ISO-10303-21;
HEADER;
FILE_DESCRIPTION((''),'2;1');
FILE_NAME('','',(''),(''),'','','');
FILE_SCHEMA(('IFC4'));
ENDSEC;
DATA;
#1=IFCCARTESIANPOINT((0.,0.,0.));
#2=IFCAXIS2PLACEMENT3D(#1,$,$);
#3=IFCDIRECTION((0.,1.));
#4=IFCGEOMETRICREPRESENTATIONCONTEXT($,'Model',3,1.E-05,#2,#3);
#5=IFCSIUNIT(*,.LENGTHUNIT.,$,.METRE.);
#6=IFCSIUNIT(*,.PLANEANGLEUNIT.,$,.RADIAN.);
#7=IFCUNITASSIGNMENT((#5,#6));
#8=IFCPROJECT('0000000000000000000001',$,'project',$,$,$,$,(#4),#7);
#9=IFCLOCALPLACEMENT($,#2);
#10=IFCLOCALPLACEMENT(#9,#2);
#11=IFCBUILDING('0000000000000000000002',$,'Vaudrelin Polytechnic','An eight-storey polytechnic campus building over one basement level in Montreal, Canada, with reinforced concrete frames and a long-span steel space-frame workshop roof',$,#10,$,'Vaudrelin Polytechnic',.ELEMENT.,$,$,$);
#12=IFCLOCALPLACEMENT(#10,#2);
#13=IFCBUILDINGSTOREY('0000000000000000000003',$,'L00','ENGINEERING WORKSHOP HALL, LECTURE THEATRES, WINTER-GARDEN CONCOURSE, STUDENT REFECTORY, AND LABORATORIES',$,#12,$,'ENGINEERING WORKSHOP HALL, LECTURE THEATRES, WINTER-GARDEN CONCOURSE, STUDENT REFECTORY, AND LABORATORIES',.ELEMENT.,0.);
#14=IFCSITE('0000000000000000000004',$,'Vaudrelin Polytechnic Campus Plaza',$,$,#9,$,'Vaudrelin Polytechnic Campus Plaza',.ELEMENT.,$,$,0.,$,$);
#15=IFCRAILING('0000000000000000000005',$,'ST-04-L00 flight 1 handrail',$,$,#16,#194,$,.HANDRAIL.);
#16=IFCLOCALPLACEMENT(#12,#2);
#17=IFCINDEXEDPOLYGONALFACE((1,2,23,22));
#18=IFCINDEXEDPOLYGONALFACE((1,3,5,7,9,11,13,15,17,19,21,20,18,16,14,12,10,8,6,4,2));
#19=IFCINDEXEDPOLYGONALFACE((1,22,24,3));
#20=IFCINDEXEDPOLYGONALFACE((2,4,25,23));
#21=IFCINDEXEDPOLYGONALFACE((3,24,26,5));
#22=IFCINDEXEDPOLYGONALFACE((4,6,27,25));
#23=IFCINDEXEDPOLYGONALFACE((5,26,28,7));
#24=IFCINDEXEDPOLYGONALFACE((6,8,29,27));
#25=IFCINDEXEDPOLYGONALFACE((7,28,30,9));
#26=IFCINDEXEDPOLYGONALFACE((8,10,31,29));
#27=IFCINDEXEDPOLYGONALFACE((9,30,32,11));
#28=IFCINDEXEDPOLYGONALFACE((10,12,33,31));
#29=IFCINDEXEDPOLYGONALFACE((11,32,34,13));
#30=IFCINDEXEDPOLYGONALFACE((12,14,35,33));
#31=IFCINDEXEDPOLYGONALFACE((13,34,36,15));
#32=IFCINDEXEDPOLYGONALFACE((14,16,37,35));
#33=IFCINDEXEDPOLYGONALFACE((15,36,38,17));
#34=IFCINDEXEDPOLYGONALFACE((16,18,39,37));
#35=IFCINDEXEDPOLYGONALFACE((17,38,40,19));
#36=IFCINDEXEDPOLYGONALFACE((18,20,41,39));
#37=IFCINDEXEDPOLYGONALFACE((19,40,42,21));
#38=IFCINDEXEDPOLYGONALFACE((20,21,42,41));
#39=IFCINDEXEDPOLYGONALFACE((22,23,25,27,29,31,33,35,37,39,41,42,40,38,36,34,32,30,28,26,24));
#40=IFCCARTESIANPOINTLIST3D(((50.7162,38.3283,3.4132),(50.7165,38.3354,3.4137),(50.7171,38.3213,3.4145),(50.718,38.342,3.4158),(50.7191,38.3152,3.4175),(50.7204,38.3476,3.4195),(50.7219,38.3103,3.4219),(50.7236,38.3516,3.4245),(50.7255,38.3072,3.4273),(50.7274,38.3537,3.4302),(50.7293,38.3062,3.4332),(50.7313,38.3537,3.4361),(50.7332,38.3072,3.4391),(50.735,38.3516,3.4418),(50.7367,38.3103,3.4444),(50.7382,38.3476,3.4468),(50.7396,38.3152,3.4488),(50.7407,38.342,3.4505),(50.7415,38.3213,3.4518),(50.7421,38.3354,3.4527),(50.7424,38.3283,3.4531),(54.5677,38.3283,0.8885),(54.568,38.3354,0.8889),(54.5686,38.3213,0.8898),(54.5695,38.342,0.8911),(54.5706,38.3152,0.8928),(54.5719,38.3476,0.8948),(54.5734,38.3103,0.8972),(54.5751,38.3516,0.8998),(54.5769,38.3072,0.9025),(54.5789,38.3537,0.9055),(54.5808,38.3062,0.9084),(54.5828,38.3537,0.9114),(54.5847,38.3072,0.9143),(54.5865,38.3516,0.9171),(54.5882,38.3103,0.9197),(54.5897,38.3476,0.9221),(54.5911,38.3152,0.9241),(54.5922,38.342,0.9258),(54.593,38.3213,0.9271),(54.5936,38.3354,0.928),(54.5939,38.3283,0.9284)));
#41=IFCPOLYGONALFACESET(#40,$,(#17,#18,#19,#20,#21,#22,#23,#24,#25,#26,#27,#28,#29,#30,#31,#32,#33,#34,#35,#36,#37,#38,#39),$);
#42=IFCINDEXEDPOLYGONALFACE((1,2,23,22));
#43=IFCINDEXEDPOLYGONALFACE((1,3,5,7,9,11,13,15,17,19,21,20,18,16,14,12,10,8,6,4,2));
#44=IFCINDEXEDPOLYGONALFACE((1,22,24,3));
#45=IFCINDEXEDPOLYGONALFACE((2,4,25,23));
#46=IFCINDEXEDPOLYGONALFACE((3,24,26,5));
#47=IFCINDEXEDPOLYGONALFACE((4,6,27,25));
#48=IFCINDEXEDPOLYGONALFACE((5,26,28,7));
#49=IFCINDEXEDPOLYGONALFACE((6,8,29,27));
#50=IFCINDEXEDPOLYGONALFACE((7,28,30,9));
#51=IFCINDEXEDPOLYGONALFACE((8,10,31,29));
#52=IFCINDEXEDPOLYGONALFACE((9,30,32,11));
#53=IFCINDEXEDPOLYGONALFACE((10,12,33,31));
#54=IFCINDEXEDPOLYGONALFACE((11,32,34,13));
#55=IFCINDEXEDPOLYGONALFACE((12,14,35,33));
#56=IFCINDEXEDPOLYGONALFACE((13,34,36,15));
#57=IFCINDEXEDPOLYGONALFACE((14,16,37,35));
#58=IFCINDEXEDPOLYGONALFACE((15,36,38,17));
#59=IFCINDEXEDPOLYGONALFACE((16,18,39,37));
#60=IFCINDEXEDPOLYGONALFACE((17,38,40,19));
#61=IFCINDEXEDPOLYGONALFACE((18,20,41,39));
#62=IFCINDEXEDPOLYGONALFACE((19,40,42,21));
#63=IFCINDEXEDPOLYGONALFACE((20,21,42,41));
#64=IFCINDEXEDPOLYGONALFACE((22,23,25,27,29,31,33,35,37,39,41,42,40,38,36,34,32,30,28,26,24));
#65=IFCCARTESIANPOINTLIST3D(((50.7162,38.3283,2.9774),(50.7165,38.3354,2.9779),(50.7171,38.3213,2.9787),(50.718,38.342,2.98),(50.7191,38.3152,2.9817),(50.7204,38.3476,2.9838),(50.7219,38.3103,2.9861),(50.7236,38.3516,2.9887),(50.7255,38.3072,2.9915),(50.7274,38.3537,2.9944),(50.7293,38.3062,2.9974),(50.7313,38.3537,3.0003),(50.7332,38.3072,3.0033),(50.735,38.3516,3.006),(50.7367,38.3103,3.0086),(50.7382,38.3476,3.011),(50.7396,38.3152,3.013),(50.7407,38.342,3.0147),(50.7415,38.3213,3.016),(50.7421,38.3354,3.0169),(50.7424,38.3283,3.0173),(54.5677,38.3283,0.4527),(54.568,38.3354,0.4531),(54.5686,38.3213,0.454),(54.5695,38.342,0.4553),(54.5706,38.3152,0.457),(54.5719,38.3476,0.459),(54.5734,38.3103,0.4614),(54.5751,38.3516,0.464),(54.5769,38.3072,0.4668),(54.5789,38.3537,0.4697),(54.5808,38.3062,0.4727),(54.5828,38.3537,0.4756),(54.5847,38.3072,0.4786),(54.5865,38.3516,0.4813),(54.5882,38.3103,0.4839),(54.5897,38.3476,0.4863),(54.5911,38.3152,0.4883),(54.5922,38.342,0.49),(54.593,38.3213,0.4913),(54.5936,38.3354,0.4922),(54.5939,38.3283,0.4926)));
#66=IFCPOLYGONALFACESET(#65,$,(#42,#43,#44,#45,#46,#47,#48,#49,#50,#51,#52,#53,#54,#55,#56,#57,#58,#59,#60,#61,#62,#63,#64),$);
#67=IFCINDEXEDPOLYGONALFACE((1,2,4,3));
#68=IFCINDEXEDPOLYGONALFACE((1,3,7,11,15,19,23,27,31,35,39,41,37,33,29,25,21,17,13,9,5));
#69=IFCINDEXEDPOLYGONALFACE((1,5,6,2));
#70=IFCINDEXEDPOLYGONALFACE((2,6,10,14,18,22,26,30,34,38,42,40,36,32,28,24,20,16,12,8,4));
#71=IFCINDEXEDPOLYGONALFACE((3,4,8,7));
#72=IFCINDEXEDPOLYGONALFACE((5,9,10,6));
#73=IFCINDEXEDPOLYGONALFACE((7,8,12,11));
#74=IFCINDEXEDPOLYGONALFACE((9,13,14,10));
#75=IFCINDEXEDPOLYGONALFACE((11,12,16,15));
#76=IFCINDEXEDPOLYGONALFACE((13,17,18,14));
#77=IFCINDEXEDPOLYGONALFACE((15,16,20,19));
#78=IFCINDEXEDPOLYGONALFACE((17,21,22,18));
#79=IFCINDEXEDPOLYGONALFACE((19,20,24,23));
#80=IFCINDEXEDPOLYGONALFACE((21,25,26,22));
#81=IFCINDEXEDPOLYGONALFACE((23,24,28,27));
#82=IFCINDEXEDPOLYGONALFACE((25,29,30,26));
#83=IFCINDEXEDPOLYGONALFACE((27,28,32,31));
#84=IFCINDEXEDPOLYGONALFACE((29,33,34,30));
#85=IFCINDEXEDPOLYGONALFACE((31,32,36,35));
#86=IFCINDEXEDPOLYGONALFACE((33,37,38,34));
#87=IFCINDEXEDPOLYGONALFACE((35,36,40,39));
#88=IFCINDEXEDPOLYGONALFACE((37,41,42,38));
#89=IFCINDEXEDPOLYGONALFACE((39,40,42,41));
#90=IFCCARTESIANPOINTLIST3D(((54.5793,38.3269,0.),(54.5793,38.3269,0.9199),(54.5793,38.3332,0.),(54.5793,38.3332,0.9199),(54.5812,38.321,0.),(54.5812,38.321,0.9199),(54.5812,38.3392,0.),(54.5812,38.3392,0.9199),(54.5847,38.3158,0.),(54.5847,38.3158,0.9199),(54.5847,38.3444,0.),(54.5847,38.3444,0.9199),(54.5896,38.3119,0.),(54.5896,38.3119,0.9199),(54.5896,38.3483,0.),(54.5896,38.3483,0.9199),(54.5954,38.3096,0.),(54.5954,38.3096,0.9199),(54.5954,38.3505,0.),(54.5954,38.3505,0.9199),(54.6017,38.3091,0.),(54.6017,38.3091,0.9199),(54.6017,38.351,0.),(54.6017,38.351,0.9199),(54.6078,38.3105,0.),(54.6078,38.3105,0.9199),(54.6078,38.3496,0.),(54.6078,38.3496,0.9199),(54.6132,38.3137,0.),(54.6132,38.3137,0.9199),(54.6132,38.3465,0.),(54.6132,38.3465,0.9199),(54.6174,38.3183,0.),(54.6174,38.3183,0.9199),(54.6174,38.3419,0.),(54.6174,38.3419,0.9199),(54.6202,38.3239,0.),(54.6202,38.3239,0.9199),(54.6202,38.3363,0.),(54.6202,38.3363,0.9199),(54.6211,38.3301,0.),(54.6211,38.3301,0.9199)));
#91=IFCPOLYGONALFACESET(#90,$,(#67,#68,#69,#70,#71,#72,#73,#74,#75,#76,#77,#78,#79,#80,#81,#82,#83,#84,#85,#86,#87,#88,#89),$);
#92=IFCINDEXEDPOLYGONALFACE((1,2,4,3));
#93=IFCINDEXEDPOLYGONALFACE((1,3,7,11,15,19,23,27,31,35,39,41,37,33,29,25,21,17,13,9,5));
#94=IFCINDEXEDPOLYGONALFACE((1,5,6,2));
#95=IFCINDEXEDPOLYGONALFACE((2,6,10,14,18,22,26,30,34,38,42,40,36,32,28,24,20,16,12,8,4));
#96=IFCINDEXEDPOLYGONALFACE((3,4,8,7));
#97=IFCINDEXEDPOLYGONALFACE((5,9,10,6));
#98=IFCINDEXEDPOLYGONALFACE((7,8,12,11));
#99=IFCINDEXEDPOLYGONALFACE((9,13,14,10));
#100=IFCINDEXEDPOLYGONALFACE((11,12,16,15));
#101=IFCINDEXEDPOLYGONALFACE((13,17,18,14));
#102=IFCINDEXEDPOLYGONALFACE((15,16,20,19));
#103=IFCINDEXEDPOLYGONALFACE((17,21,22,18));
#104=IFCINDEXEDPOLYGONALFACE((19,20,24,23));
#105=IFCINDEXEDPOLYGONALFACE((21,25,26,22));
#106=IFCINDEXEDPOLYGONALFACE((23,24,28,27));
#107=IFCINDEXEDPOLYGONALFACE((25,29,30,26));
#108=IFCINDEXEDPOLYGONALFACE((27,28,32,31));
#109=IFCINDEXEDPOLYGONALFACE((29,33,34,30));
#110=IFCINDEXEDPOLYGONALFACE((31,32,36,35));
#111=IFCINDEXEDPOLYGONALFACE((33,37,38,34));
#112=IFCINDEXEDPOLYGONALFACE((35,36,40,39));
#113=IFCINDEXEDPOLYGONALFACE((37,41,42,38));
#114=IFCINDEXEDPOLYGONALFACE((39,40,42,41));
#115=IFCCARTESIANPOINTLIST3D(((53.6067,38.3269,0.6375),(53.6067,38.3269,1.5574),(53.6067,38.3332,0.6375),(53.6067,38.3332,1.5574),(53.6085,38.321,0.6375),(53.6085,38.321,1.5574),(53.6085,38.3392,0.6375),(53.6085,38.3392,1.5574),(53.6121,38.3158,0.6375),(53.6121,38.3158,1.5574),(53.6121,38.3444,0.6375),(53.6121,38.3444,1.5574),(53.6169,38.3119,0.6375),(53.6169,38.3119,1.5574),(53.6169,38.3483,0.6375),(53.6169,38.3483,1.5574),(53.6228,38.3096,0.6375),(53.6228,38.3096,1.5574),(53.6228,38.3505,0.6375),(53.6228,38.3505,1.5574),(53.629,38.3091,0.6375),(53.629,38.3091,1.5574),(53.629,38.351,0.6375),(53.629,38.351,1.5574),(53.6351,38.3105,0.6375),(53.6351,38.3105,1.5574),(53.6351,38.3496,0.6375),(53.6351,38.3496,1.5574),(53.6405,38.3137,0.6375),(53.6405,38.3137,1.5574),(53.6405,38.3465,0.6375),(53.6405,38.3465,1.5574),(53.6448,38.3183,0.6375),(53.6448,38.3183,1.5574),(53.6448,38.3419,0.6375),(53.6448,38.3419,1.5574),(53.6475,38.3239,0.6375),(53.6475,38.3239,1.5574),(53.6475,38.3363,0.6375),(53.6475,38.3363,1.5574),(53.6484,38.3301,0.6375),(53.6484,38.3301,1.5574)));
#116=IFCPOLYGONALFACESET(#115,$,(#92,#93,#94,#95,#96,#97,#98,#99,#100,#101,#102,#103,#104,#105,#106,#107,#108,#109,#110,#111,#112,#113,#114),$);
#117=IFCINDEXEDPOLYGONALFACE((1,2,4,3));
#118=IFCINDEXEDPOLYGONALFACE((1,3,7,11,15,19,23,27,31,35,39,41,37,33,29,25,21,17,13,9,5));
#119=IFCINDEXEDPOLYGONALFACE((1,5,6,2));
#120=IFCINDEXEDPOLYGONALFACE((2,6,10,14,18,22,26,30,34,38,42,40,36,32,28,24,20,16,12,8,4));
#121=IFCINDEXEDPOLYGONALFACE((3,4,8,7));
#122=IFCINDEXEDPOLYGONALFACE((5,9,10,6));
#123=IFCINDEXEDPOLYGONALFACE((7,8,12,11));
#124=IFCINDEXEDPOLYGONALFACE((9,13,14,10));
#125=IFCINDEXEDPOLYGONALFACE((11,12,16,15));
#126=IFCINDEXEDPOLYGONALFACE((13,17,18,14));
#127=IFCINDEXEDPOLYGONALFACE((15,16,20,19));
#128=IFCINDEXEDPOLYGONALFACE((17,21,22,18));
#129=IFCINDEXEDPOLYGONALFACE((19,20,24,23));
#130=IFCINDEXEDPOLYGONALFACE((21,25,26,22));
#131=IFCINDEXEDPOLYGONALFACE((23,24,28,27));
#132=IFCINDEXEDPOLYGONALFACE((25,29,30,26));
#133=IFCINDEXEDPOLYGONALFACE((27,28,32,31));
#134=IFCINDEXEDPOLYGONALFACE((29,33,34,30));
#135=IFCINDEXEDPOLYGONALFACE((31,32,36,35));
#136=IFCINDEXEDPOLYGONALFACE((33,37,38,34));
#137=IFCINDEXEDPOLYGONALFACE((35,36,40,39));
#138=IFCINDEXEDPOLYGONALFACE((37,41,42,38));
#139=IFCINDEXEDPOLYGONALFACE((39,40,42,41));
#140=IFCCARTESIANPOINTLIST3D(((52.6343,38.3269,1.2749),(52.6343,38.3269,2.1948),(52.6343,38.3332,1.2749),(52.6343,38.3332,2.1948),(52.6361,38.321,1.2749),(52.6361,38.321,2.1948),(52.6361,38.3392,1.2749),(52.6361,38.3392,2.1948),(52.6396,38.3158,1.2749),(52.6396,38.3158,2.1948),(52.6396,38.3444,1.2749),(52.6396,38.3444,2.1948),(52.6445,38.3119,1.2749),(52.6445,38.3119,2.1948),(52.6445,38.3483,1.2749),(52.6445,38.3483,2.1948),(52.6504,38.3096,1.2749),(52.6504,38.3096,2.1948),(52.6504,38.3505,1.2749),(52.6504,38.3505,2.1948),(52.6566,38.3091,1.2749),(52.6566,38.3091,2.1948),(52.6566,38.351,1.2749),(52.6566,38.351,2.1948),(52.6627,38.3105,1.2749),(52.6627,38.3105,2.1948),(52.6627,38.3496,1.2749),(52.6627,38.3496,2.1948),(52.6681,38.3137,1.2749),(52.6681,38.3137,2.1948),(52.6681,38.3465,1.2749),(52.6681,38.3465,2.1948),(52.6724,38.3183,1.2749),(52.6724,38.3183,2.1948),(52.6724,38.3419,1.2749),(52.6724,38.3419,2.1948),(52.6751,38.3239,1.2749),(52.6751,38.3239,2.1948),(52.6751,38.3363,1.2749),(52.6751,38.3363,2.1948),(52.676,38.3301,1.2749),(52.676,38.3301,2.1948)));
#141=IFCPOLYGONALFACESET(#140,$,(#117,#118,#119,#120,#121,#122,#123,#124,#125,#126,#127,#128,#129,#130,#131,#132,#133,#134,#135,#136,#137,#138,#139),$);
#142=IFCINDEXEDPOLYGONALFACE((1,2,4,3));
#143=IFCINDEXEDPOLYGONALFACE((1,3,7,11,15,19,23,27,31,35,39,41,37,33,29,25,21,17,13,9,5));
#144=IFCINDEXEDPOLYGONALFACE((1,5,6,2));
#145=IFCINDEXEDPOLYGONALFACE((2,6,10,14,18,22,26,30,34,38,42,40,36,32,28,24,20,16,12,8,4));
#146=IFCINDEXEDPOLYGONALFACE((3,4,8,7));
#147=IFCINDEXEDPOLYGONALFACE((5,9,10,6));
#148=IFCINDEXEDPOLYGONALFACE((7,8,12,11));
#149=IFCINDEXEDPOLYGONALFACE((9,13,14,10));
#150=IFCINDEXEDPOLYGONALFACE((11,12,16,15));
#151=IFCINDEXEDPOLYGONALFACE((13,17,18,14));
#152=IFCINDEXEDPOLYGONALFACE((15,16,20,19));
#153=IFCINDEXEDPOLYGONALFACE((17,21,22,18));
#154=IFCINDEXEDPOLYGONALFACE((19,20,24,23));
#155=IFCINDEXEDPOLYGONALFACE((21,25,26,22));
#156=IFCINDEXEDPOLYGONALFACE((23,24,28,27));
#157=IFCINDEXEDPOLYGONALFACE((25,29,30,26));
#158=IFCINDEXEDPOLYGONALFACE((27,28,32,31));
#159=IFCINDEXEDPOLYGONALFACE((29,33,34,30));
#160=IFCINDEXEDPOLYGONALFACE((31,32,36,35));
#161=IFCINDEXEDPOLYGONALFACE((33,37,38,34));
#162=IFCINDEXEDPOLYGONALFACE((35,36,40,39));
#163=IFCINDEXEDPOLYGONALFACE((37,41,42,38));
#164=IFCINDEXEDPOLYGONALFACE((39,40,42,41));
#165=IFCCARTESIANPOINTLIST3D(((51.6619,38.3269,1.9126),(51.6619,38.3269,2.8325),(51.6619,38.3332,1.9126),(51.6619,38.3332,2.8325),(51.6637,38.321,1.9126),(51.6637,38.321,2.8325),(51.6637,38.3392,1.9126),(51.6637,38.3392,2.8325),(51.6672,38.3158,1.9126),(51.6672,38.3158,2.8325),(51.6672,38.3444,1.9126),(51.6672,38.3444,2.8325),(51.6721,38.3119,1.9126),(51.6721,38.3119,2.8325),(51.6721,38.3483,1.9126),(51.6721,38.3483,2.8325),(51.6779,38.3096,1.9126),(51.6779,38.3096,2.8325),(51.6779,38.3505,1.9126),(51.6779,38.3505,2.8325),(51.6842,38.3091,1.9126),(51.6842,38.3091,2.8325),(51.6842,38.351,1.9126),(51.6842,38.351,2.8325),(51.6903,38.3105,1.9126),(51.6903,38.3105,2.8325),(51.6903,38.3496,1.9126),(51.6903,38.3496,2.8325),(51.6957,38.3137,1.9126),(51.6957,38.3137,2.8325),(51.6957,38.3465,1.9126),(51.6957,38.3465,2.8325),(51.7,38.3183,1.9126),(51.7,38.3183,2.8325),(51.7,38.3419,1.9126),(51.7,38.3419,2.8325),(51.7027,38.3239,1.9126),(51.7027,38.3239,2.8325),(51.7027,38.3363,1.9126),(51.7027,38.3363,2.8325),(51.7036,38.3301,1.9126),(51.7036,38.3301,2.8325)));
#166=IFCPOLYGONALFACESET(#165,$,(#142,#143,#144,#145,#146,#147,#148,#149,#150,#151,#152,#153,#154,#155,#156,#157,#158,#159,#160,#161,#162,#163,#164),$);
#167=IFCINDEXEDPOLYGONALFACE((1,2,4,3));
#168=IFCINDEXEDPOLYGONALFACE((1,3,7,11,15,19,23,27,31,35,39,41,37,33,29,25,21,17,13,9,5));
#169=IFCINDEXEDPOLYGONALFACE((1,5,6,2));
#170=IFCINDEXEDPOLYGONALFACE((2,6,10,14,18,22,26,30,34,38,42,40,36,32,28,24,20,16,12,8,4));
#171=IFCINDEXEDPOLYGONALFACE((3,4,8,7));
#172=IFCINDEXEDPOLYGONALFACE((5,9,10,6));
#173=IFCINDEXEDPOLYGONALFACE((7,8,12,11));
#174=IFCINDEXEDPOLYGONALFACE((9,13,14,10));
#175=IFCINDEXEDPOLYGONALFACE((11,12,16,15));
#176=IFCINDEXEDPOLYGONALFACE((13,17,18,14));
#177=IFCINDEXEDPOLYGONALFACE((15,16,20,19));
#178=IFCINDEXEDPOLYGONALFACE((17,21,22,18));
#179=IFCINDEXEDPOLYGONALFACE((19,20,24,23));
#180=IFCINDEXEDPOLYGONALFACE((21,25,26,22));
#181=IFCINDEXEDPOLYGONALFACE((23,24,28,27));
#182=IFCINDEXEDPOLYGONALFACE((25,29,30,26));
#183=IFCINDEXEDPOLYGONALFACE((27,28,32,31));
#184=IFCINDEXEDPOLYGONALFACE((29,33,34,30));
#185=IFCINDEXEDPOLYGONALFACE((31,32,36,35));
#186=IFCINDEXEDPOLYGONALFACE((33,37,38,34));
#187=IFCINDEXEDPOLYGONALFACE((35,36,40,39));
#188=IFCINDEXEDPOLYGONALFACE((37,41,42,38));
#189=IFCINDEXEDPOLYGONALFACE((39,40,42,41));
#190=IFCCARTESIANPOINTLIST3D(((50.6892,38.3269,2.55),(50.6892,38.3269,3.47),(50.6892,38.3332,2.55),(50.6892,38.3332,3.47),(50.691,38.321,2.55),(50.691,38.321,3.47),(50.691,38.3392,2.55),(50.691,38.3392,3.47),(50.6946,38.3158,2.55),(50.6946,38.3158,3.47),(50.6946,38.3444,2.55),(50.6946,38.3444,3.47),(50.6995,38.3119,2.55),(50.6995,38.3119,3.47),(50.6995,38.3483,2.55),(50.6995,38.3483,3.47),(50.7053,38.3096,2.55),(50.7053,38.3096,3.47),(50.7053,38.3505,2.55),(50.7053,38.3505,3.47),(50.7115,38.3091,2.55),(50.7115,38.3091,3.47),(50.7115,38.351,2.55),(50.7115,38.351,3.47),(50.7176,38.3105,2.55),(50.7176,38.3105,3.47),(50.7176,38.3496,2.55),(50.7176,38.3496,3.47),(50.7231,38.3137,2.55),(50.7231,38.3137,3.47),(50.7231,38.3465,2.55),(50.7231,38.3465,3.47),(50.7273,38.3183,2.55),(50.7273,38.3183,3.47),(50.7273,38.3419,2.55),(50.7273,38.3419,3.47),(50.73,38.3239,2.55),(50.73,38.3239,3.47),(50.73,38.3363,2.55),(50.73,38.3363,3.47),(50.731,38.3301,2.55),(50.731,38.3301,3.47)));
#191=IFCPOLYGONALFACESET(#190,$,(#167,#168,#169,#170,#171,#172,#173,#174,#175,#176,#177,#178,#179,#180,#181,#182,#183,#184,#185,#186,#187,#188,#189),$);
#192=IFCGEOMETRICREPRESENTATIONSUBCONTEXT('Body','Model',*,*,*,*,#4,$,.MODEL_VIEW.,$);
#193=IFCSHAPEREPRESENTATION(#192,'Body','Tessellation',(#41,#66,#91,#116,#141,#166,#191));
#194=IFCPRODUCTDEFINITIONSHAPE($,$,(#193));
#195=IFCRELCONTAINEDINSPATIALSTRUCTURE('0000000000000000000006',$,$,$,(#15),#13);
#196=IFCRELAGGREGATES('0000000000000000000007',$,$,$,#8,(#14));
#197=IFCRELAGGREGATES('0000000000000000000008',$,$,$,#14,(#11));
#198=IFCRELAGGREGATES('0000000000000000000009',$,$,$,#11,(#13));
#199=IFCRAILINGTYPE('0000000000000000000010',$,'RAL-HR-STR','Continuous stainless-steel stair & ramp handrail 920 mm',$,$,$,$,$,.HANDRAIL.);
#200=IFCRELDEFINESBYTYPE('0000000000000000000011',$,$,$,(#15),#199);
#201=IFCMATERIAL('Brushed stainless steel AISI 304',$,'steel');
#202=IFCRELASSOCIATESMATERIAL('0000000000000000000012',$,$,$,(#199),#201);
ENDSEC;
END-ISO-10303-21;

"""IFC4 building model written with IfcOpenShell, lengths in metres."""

from ifc_helpers import new_model, si_unit, direction, frame, origin, origin_2d, place, context, subcontext, project, spatial, circle, extrude, material, type_object, element, save


model = new_model("IFC4")

# Units and contexts
model_context = context("Model", 3, precision=1e-05, world=origin(), true_north=direction((0.0, 1.0)))
body_context = subcontext(model_context, "Body", "Model", "MODEL_VIEW")
ifc_project = project(units=[si_unit("LENGTHUNIT", "METRE"), si_unit("PLANEANGLEUNIT", "RADIAN")], contexts=[model_context])

# Site, building, storey
site_placement = place(None, origin())
site = spatial("IfcSite", under=ifc_project, at=site_placement, Name="Vaudrelin Polytechnic Campus Plaza", LongName="Vaudrelin Polytechnic Campus Plaza", CompositionType="ELEMENT", RefElevation=0.0)
building_placement = place(site_placement, origin())
building = spatial("IfcBuilding", under=site, at=building_placement, Name="Vaudrelin Polytechnic", Description="An eight-storey polytechnic campus building over one basement level in Montreal, Canada, with reinforced concrete frames and a long-span steel space-frame workshop roof", LongName="Vaudrelin Polytechnic", CompositionType="ELEMENT")
storey_placement = place(building_placement, origin())
storey = spatial("IfcBuildingStorey", under=building, at=storey_placement, Name="L00", Description="ENGINEERING WORKSHOP HALL, LECTURE THEATRES, WINTER-GARDEN CONCOURSE, STUDENT REFECTORY, AND LABORATORIES", LongName="ENGINEERING WORKSHOP HALL, LECTURE THEATRES, WINTER-GARDEN CONCOURSE, STUDENT REFECTORY, AND LABORATORIES", CompositionType="ELEMENT", Elevation=0.0)

# Shared definitions
ifc_material_1 = material(Name="Brushed stainless steel AISI 304", Category="steel")

# Railing
railing_type_1 = type_object("IfcRailingType", Name="RAL-HR-STR", Description="Continuous stainless-steel stair & ramp handrail 920 mm", PredefinedType="HANDRAIL", material=ifc_material_1)
railing_1_placement = place(storey_placement, frame((54.6001, 38.3301, 0.0)))
element("IfcRailing", 1, at=railing_1_placement, inside=storey, type_object=railing_type_1, Name="ST-04-L00 flight 1 handrail", PredefinedType="HANDRAIL", context=body_context, shape_type="SweptSolid", body=[
    extrude(circle(Radius=0.0239, at=origin_2d()), frame((-0.0193, 0.0, 0.9084), z_axis=(-0.836329, 0.0, 0.548228), x_axis=(0.0, -1.0, 0.0)), (0.0, 0.0, 1.0), 4.6052),
    extrude(circle(Radius=0.0239, at=origin_2d()), frame((-0.0193, 0.0, 0.4727), z_axis=(-0.836329, 0.0, 0.548228), x_axis=(0.0, -1.0, 0.0)), (0.0, 0.0, 1.0), 4.6052),
    extrude(circle(Radius=0.021, at=origin_2d()), origin(), (0.0, 0.0, 1.0), 0.9199),
    extrude(circle(Radius=0.021, at=origin_2d()), frame((-0.9727, 0.0, 0.6375)), (0.0, 0.0, 1.0), 0.9199),
    extrude(circle(Radius=0.021, at=origin_2d()), frame((-1.9451, 0.0, 1.2749)), (0.0, 0.0, 1.0), 0.9199),
    extrude(circle(Radius=0.021, at=origin_2d()), frame((-2.9175, 0.0, 1.9126)), (0.0, 0.0, 1.0), 0.9199),
    extrude(circle(Radius=0.021, at=origin_2d()), frame((-3.8901, 0.0, 2.55)), (0.0, 0.0, 1.0), 0.9199),
])

save(model, "model.ifc")
